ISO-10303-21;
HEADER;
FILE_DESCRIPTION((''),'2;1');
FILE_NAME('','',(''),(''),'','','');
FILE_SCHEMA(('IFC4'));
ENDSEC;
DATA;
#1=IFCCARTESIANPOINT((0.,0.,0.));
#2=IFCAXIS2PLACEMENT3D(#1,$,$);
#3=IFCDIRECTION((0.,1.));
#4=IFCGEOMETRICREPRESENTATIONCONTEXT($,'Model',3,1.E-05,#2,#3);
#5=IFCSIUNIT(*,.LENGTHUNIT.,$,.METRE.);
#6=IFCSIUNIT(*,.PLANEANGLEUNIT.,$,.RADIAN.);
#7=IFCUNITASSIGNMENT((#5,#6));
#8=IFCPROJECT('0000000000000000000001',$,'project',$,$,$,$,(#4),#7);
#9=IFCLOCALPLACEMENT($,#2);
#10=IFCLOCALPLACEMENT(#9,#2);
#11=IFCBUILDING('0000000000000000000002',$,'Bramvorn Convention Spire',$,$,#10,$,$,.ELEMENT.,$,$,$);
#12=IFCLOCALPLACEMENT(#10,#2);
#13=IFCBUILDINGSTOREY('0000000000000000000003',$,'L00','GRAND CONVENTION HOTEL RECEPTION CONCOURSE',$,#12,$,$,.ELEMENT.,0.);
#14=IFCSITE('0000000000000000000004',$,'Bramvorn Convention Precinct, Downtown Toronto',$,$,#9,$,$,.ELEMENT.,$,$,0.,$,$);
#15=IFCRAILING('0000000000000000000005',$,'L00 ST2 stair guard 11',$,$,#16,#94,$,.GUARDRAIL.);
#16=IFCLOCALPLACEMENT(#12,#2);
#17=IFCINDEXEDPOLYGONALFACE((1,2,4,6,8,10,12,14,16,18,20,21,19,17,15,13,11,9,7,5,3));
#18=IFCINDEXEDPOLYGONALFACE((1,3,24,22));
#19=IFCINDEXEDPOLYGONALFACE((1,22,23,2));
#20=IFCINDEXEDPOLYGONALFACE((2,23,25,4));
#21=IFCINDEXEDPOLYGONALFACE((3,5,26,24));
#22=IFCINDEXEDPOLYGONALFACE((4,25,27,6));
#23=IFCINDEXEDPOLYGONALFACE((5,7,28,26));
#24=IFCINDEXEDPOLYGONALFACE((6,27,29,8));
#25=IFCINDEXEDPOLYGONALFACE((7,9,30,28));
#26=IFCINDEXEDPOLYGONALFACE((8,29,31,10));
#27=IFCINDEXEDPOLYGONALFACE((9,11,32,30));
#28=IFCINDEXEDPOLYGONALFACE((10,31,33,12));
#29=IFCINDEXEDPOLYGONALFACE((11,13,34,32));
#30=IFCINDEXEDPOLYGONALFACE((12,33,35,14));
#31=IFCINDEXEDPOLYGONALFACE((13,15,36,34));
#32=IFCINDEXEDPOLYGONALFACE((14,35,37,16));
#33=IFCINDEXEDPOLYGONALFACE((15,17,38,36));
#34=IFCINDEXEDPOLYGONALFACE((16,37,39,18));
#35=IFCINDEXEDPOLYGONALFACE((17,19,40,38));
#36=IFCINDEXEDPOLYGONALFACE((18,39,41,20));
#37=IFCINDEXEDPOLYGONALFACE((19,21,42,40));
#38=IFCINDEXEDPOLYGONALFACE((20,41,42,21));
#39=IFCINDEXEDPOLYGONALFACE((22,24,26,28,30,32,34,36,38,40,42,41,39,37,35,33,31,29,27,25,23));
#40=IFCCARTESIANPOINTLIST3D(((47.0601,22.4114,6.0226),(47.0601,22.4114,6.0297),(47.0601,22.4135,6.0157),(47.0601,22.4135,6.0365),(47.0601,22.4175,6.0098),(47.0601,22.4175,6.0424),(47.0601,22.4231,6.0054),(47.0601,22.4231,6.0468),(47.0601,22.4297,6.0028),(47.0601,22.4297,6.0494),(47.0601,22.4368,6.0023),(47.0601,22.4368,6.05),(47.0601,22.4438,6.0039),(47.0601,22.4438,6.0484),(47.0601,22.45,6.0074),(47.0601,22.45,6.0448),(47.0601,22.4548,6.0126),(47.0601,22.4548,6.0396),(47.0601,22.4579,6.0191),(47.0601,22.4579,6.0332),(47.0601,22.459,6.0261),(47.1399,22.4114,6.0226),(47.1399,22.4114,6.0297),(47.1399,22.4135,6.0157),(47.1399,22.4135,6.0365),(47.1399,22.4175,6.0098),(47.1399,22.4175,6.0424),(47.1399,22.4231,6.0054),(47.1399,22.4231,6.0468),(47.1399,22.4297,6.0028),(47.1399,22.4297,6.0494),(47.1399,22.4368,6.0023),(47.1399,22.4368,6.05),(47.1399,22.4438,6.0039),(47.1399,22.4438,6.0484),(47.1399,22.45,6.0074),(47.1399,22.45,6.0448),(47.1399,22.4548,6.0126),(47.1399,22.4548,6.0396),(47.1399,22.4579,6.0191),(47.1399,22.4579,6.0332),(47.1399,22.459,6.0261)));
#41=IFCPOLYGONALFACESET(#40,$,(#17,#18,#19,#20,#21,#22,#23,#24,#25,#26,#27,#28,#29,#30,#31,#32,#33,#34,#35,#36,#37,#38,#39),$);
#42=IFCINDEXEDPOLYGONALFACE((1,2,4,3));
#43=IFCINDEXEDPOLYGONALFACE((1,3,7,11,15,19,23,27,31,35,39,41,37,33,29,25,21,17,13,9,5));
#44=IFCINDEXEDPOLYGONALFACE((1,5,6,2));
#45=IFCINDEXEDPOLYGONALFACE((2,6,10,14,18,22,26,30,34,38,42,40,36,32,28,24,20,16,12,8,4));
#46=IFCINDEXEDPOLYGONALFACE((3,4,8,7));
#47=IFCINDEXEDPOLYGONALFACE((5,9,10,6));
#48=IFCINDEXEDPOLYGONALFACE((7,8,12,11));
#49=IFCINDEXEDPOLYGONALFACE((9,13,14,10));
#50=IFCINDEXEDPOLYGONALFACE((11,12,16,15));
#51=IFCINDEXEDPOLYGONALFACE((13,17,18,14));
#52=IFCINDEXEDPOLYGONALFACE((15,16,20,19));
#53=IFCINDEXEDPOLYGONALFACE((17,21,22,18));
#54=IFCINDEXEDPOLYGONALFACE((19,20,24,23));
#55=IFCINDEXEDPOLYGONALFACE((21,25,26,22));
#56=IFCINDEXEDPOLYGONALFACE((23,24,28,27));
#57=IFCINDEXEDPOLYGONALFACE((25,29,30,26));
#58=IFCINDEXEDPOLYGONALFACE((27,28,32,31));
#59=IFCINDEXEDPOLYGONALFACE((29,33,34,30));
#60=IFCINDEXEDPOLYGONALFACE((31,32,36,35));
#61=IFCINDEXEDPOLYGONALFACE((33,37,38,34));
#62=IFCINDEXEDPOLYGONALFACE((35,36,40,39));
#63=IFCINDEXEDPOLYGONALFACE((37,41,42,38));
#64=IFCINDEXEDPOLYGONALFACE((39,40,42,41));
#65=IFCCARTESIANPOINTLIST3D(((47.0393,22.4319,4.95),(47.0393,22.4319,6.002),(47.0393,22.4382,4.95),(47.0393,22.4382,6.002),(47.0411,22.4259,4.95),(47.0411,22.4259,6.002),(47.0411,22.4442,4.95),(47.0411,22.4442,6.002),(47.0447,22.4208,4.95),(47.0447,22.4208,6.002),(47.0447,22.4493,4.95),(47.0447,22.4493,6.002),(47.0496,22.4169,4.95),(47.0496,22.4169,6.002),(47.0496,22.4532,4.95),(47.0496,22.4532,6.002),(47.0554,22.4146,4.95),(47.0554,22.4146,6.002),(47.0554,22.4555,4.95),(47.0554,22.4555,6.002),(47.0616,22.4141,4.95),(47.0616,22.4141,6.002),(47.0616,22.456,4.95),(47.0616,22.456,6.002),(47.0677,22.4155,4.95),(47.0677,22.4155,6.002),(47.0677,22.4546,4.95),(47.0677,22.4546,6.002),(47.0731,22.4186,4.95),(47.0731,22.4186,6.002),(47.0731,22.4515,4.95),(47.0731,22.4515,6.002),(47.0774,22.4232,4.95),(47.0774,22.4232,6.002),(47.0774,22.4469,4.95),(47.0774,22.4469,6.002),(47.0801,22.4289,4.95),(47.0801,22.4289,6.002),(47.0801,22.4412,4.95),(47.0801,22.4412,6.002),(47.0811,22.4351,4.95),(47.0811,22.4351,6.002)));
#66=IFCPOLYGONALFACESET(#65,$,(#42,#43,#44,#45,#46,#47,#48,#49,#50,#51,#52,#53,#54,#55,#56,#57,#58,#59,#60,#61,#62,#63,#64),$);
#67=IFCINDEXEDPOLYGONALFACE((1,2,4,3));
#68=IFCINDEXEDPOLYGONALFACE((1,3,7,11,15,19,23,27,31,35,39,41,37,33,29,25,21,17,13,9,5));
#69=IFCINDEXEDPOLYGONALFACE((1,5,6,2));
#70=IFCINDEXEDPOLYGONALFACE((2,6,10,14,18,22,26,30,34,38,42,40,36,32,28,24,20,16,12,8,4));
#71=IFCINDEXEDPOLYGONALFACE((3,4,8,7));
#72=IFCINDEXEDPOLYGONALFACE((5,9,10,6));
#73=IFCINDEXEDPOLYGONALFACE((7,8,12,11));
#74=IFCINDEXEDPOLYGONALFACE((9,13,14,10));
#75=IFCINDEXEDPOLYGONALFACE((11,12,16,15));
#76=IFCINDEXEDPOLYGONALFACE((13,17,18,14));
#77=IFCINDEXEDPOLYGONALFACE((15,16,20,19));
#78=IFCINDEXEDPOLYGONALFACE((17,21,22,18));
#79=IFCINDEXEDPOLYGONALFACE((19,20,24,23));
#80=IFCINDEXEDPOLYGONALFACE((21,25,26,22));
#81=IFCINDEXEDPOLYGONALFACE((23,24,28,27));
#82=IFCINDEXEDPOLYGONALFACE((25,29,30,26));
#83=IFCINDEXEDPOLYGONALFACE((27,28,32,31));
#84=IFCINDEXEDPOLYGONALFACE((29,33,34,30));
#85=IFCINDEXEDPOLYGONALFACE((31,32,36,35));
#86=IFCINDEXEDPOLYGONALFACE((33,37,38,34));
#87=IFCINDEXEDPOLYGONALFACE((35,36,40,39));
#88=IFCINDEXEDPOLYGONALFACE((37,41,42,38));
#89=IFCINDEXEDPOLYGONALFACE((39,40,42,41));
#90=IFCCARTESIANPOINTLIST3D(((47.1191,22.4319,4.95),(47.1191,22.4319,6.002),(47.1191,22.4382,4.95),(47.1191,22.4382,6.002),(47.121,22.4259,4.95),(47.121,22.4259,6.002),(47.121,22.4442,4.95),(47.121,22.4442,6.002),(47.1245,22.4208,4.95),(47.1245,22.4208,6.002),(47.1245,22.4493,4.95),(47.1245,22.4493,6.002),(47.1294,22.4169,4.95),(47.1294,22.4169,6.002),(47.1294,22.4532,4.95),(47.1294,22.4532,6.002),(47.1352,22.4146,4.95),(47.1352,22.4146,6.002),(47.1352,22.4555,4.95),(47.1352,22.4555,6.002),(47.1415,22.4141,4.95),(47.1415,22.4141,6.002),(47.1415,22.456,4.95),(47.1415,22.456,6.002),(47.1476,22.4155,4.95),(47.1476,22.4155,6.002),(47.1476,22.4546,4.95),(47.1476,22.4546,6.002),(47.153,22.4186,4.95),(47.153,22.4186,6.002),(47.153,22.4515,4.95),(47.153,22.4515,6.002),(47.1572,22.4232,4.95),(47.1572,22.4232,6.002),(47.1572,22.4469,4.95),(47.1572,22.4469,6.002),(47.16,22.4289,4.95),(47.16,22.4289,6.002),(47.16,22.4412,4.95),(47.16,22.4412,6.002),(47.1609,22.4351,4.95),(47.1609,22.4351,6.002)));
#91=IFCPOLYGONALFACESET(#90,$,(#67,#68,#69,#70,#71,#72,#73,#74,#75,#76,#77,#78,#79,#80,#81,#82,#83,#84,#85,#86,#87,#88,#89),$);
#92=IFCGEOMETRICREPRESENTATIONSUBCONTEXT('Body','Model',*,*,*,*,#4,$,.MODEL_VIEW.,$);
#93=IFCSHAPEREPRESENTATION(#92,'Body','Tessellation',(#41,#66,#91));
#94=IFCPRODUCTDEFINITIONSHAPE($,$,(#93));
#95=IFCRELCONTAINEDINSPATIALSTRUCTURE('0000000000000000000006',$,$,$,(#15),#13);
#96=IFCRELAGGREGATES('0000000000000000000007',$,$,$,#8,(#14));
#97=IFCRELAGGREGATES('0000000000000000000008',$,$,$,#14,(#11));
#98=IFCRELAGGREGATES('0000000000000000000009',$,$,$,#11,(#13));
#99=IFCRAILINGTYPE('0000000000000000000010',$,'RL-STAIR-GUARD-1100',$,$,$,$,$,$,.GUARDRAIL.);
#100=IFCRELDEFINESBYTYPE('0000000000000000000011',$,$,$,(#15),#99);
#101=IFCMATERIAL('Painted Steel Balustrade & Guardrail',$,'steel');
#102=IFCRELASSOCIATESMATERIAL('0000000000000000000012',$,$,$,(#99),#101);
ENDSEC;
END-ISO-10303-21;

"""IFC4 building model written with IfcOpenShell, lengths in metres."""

from ifc_helpers import new_model, si_unit, direction, frame, origin, origin_2d, place, context, subcontext, project, spatial, circle, extrude, material, type_object, element, save


model = new_model("IFC4")

# Units and contexts
model_context = context("Model", 3, precision=1e-05, world=origin(), true_north=direction((0.0, 1.0)))
body_context = subcontext(model_context, "Body", "Model", "MODEL_VIEW")
ifc_project = project(units=[si_unit("LENGTHUNIT", "METRE"), si_unit("PLANEANGLEUNIT", "RADIAN")], contexts=[model_context])

# Site, building, storey
site_placement = place(None, origin())
site = spatial("IfcSite", under=ifc_project, at=site_placement, Name="Bramvorn Convention Precinct, Downtown Toronto", CompositionType="ELEMENT", RefElevation=0.0)
building_placement = place(site_placement, origin())
building = spatial("IfcBuilding", under=site, at=building_placement, Name="Bramvorn Convention Spire", CompositionType="ELEMENT")
storey_placement = place(building_placement, origin())
storey = spatial("IfcBuildingStorey", under=building, at=storey_placement, Name="L00", Description="GRAND CONVENTION HOTEL RECEPTION CONCOURSE", CompositionType="ELEMENT", Elevation=0.0)

# Railing
ifc_material_1 = material(Name="Painted Steel Balustrade & Guardrail", Category="steel")
railing_type_1 = type_object("IfcRailingType", Name="RL-STAIR-GUARD-1100", PredefinedType="GUARDRAIL", material=ifc_material_1)
railing_1_placement = place(storey_placement, frame((47.0601, 22.4351, 4.95)))
element("IfcRailing", 1, at=railing_1_placement, inside=storey, type_object=railing_type_1, Name="L00 ST2 stair guard 11", PredefinedType="GUARDRAIL", context=body_context, shape_type="SweptSolid", body=[
    extrude(circle(Radius=0.0239, at=origin_2d()), frame((0.0, 0.0, 1.0762), z_axis=(1.0, 0.0, 0.0), x_axis=(0.0, 1.0, 0.0)), (0.0, 0.0, 1.0), 0.0798),
    extrude(circle(Radius=0.021, at=origin_2d()), origin(), (0.0, 0.0, 1.0), 1.052),
    extrude(circle(Radius=0.021, at=origin_2d()), frame((0.0798, 0.0, 0.0)), (0.0, 0.0, 1.0), 1.052),
])

save(model, "model.ifc")
